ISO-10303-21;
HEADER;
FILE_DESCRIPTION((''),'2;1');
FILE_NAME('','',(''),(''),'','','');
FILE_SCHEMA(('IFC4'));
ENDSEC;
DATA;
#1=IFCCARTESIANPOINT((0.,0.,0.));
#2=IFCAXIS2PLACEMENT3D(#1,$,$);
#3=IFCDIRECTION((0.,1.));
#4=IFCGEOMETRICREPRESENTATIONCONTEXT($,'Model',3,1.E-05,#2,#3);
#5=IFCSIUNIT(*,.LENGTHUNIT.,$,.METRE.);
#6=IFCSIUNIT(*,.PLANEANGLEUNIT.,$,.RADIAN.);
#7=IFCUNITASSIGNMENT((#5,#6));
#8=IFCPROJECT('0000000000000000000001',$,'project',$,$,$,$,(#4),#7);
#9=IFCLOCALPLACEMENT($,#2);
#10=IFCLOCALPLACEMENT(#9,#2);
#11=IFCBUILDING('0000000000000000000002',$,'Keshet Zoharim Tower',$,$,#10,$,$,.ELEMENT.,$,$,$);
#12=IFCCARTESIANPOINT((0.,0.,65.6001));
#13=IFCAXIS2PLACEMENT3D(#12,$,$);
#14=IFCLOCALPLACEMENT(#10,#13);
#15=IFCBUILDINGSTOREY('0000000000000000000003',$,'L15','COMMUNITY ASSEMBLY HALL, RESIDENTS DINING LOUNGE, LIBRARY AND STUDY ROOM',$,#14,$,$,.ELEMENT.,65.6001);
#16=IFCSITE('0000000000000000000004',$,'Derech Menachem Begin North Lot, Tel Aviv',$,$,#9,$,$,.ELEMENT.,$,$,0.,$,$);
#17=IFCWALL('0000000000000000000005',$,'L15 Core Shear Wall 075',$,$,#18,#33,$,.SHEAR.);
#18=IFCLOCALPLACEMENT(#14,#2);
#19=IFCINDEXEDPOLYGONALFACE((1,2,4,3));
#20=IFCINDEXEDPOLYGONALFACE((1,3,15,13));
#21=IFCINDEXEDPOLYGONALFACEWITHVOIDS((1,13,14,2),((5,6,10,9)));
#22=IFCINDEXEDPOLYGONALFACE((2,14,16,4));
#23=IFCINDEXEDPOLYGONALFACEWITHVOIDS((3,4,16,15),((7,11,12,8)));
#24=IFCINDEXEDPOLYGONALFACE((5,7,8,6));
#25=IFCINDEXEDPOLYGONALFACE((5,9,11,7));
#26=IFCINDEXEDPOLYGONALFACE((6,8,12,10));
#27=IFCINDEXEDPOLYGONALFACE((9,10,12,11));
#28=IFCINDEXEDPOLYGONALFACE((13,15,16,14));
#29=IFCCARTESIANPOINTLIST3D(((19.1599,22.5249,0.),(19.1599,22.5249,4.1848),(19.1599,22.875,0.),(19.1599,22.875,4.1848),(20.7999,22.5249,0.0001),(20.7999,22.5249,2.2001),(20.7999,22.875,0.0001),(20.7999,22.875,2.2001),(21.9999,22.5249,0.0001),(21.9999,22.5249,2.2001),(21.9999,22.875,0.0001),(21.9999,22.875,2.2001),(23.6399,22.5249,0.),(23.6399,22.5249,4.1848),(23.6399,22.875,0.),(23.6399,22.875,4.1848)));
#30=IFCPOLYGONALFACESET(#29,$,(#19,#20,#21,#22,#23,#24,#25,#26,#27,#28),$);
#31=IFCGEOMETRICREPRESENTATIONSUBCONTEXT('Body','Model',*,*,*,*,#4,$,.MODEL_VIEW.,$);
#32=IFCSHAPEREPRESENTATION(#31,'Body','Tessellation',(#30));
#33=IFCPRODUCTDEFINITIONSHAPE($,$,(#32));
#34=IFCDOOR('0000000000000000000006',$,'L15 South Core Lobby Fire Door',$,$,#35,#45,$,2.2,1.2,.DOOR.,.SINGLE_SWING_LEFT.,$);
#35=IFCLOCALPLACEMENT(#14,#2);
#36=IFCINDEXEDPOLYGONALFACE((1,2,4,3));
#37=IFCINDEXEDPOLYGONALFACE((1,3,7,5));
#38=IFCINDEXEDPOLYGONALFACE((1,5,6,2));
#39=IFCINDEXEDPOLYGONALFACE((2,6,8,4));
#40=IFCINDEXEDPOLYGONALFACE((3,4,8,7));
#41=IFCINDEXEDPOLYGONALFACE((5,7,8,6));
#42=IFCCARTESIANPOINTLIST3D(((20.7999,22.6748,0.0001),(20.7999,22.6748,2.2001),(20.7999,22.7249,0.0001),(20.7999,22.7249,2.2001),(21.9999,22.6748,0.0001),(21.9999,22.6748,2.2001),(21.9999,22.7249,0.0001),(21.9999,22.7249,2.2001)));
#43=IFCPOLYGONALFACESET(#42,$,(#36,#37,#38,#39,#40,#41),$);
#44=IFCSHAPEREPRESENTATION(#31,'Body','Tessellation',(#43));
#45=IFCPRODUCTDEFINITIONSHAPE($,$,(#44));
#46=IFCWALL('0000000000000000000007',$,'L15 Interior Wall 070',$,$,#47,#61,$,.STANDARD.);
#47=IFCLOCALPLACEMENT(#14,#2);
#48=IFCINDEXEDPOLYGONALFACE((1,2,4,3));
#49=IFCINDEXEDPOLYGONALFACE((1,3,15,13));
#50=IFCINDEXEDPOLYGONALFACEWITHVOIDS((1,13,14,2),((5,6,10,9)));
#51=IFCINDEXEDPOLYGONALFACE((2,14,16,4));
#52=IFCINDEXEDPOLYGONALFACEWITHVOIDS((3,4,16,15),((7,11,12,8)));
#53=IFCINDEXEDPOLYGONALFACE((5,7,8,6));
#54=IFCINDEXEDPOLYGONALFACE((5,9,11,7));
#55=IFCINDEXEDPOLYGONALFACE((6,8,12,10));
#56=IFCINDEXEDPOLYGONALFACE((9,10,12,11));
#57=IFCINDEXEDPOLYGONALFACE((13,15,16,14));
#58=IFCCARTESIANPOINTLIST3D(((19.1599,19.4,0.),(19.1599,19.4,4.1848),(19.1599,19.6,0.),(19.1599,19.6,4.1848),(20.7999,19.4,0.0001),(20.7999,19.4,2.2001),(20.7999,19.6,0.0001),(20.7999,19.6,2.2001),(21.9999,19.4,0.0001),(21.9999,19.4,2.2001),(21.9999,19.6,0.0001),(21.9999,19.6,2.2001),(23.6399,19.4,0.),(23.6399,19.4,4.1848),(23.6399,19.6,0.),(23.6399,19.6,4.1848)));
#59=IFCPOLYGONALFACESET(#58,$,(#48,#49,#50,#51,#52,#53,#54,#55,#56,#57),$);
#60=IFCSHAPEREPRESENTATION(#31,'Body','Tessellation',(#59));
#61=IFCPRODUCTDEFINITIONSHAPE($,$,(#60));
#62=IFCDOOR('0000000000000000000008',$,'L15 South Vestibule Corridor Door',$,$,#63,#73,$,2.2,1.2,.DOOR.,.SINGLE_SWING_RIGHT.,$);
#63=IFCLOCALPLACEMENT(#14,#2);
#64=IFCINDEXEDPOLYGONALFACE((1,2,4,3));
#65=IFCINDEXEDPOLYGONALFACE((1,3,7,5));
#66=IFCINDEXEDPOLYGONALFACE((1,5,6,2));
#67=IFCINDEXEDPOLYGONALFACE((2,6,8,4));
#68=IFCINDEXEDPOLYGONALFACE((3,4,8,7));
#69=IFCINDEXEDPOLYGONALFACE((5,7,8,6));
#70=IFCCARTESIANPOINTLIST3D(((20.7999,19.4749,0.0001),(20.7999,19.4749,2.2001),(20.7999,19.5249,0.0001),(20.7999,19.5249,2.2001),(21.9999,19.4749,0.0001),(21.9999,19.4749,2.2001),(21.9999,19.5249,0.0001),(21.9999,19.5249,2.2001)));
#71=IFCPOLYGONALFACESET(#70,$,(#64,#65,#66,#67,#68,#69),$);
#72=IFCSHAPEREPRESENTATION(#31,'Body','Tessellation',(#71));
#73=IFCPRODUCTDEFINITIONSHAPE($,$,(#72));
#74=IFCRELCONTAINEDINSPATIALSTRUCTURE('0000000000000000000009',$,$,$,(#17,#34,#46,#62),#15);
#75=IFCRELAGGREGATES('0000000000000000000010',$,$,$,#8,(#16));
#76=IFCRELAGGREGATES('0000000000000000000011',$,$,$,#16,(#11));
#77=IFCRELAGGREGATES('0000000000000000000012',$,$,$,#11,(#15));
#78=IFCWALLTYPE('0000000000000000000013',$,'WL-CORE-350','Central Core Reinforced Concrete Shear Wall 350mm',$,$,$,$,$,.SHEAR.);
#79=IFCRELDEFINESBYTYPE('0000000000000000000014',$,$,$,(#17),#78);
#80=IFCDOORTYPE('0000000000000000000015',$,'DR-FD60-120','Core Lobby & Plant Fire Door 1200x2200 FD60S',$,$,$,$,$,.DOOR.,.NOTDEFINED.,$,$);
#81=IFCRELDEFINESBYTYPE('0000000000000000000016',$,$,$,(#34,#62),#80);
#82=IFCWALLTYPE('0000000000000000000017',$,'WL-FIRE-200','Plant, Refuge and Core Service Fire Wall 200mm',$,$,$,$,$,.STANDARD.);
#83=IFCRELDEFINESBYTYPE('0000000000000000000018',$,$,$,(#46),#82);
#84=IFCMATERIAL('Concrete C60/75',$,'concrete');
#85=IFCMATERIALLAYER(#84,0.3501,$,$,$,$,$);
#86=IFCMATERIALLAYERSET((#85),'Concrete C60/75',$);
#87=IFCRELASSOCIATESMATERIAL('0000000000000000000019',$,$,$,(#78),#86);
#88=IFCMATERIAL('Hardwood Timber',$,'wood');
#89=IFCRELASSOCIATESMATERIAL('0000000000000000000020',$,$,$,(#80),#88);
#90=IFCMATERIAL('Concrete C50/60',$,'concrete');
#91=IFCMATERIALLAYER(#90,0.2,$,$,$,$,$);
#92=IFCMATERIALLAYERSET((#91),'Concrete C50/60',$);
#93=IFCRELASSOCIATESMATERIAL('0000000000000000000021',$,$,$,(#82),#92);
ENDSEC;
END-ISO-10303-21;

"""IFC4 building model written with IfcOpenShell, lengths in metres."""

from ifc_helpers import new_model, si_unit, direction, frame, frame_2d, origin, place, context, subcontext, project, spatial, rectangle, extrude, material, layer, layer_set, type_object, element, fill, save


model = new_model("IFC4")

# Units and contexts
model_context = context("Model", 3, precision=1e-05, world=origin(), true_north=direction((0.0, 1.0)))
body_context = subcontext(model_context, "Body", "Model", "MODEL_VIEW")
ifc_project = project(units=[si_unit("LENGTHUNIT", "METRE"), si_unit("PLANEANGLEUNIT", "RADIAN")], contexts=[model_context])

# Site, building, storey
site_placement = place(None, origin())
site = spatial("IfcSite", under=ifc_project, at=site_placement, Name="Derech Menachem Begin North Lot, Tel Aviv", CompositionType="ELEMENT", RefElevation=0.0)
building_placement = place(site_placement, origin())
building = spatial("IfcBuilding", under=site, at=building_placement, Name="Keshet Zoharim Tower", CompositionType="ELEMENT")
storey_placement = place(building_placement, frame((0.0, 0.0, 65.6001)))
storey = spatial("IfcBuildingStorey", under=building, at=storey_placement, Name="L15", Description="COMMUNITY ASSEMBLY HALL, RESIDENTS DINING LOUNGE, LIBRARY AND STUDY ROOM", CompositionType="ELEMENT", Elevation=65.6001)

# Shared definitions
ifc_material_1 = material(Name="Concrete C60/75", Category="concrete")

# Shared definitions
ifc_material_2 = material(Name="Hardwood Timber", Category="wood")

# Shared definitions
ifc_layer_1 = layer(ifc_material_1, 0.3501)
ifc_layer_set_1 = layer_set([ifc_layer_1], Name="Concrete C60/75")
wall_type_1 = type_object("IfcWallType", Name="WL-CORE-350", Description="Central Core Reinforced Concrete Shear Wall 350mm", PredefinedType="SHEAR", material=ifc_layer_set_1)

# Walls, openings, doors
wall_1_placement = place(storey_placement, frame((19.1599, 22.7, 0.0), z_axis=(0.0, 0.0, 1.0), x_axis=(1.0, 0.0, 0.0)))
wall_1 = element("IfcWall", 1, at=wall_1_placement, inside=storey, type_object=wall_type_1, Name="L15 Core Shear Wall 075", PredefinedType="SHEAR", context=body_context, shape_type="SweptSolid", body=[
    extrude(rectangle(XDim=4.48, YDim=0.3501, at=frame_2d((2.24, 0.0))), origin(), (0.0, 0.0, 1.0), 4.1848),
])
opening_1_placement = place(wall_1_placement, frame((1.6399, 0.0, 0.0)))
opening_1 = element("IfcOpeningElement", 2, at=opening_1_placement, cuts=wall_1, PredefinedType="OPENING", context=body_context, shape_type="SweptSolid", body=[
    extrude(rectangle(XDim=1.2, YDim=2.2, at=frame_2d((0.6001, 1.1001))), frame((0.0, 0.1851, 0.0), z_axis=(0.0, -1.0, 0.0), x_axis=(1.0, 0.0, 0.0)), (0.0, 0.0, 1.0), 0.3701),
])
door_type_1 = type_object("IfcDoorType", Name="DR-FD60-120", Description="Core Lobby & Plant Fire Door 1200x2200 FD60S", OperationType="NOTDEFINED", PredefinedType="DOOR", material=ifc_material_2)
door_1_placement = place(opening_1_placement, origin())
door_1 = element("IfcDoor", 3, at=door_1_placement, inside=storey, type_object=door_type_1, Name="L15 South Core Lobby Fire Door", OperationType="SINGLE_SWING_LEFT", OverallHeight=2.2, OverallWidth=1.2, PredefinedType="DOOR", context=body_context, shape_type="SweptSolid", body=[
    extrude(rectangle(XDim=1.2, YDim=2.2, at=frame_2d((0.6001, 1.1001))), frame((0.0, 0.0249, 0.0), z_axis=(0.0, -1.0, 0.0), x_axis=(1.0, 0.0, 0.0)), (0.0, 0.0, 1.0), 0.05),
])
fill(opening_1, door_1)
ifc_material_3 = material(Name="Concrete C50/60", Category="concrete")
ifc_layer_2 = layer(ifc_material_3, 0.2)
ifc_layer_set_2 = layer_set([ifc_layer_2], Name="Concrete C50/60")
wall_type_2 = type_object("IfcWallType", Name="WL-FIRE-200", Description="Plant, Refuge and Core Service Fire Wall 200mm", PredefinedType="STANDARD", material=ifc_layer_set_2)
wall_2_placement = place(storey_placement, frame((19.1599, 19.5, 0.0), z_axis=(0.0, 0.0, 1.0), x_axis=(1.0, 0.0, 0.0)))
wall_2 = element("IfcWall", 4, at=wall_2_placement, inside=storey, type_object=wall_type_2, Name="L15 Interior Wall 070", PredefinedType="STANDARD", context=body_context, shape_type="SweptSolid", body=[
    extrude(rectangle(XDim=4.48, YDim=0.2, at=frame_2d((2.24, 0.0))), origin(), (0.0, 0.0, 1.0), 4.1848),
])
opening_2_placement = place(wall_2_placement, frame((1.6399, 0.0, 0.0)))
opening_2 = element("IfcOpeningElement", 5, at=opening_2_placement, cuts=wall_2, PredefinedType="OPENING", context=body_context, shape_type="SweptSolid", body=[
    extrude(rectangle(XDim=1.2, YDim=2.2, at=frame_2d((0.6001, 1.1001))), frame((0.0, 0.1099, 0.0), z_axis=(0.0, -1.0, 0.0), x_axis=(1.0, 0.0, 0.0)), (0.0, 0.0, 1.0), 0.22),
])
door_2_placement = place(opening_2_placement, origin())
door_2 = element("IfcDoor", 6, at=door_2_placement, inside=storey, type_object=door_type_1, Name="L15 South Vestibule Corridor Door", OperationType="SINGLE_SWING_RIGHT", OverallHeight=2.2, OverallWidth=1.2, PredefinedType="DOOR", context=body_context, shape_type="SweptSolid", body=[
    extrude(rectangle(XDim=1.2, YDim=2.2, at=frame_2d((0.6001, 1.1001))), frame((0.0, 0.0249, 0.0), z_axis=(0.0, -1.0, 0.0), x_axis=(1.0, 0.0, 0.0)), (0.0, 0.0, 1.0), 0.05),
])
fill(opening_2, door_2)

save(model, "model.ifc")
